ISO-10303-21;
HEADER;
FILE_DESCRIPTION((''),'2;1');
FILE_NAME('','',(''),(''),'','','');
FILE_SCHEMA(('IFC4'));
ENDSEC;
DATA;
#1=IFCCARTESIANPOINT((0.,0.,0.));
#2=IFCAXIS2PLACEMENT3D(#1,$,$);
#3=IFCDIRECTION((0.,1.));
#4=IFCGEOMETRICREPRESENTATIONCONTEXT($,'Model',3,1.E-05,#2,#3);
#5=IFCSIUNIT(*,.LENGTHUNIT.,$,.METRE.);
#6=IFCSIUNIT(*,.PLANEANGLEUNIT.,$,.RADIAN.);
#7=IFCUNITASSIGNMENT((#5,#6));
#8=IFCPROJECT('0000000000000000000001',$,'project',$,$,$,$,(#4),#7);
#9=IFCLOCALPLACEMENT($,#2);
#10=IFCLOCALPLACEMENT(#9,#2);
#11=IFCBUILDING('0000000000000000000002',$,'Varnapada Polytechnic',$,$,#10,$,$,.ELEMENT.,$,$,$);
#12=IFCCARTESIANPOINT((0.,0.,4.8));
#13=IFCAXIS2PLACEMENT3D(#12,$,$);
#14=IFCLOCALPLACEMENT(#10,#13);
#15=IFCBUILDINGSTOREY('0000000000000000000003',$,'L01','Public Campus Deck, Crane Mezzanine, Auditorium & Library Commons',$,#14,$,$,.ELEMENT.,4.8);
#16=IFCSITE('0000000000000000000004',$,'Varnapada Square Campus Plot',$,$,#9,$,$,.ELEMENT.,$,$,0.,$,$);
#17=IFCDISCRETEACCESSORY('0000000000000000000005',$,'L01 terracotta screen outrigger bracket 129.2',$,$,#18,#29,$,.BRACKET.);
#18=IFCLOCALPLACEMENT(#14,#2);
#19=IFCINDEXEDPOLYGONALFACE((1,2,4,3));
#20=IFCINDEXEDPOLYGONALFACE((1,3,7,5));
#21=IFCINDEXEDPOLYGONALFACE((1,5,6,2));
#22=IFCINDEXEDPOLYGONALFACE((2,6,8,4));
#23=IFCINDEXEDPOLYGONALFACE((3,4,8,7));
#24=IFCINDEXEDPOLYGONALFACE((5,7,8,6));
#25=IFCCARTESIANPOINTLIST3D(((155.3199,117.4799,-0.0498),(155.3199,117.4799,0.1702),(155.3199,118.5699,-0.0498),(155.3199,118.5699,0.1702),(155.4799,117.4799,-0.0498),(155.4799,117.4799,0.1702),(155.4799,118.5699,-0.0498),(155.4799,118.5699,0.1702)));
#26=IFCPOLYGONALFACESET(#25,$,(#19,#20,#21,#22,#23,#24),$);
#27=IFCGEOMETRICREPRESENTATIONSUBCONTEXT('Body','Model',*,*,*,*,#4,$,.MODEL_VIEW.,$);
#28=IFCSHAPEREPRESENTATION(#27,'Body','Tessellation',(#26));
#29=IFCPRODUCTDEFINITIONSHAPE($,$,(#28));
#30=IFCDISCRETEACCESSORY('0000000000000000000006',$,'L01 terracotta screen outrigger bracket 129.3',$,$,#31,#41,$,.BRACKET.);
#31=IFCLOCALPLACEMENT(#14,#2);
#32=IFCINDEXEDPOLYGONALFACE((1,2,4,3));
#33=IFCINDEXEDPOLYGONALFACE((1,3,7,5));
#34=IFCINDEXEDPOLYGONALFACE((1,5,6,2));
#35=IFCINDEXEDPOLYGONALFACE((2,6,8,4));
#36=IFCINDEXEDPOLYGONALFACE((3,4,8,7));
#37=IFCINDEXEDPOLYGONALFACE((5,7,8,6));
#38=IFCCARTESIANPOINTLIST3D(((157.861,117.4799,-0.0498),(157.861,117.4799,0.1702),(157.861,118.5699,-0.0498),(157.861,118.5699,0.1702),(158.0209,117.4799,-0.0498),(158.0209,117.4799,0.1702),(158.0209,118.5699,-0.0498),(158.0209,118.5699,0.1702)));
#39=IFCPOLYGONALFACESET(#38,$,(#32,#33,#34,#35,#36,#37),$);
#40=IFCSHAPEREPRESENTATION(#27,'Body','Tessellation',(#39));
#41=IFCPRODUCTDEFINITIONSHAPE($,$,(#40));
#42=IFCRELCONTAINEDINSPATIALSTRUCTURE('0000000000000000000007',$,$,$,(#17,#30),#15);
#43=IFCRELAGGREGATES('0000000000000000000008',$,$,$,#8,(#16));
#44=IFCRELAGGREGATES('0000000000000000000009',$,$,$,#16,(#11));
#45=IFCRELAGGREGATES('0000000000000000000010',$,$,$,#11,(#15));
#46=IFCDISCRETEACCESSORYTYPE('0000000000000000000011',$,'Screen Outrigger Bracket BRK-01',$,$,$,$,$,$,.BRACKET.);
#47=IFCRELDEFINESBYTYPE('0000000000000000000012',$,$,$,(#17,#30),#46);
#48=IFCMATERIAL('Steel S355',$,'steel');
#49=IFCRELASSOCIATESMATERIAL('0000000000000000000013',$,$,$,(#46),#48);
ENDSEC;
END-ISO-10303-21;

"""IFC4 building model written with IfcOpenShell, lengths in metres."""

from ifc_helpers import new_model, si_unit, direction, frame, origin, origin_2d, place, context, subcontext, project, spatial, rectangle, extrude, material, type_object, element, save


model = new_model("IFC4")

# Units and contexts
model_context = context("Model", 3, precision=1e-05, world=origin(), true_north=direction((0.0, 1.0)))
body_context = subcontext(model_context, "Body", "Model", "MODEL_VIEW")
ifc_project = project(units=[si_unit("LENGTHUNIT", "METRE"), si_unit("PLANEANGLEUNIT", "RADIAN")], contexts=[model_context])

# Site, building, storey
site_placement = place(None, origin())
site = spatial("IfcSite", under=ifc_project, at=site_placement, Name="Varnapada Square Campus Plot", CompositionType="ELEMENT", RefElevation=0.0)
building_placement = place(site_placement, origin())
building = spatial("IfcBuilding", under=site, at=building_placement, Name="Varnapada Polytechnic", CompositionType="ELEMENT")
storey_placement = place(building_placement, frame((0.0, 0.0, 4.8)))
storey = spatial("IfcBuildingStorey", under=building, at=storey_placement, Name="L01", Description="Public Campus Deck, Crane Mezzanine, Auditorium & Library Commons", CompositionType="ELEMENT", Elevation=4.8)

# Shared definitions
ifc_material_1 = material(Name="Steel S355", Category="steel")

# Discrete accessories
discrete_accessory_type = type_object("IfcDiscreteAccessoryType", Name="Screen Outrigger Bracket BRK-01", PredefinedType="BRACKET", material=ifc_material_1)
for number, where, z_axis, x_axis, name in (
    (1, (155.3999, 118.0249, -0.0498), (0.0, 0.0, 1.0), (1.0, 0.0, 0.0), "L01 terracotta screen outrigger bracket 129.2"),
    (2, (157.9409, 118.0249, -0.0498), (0.0, 0.0, 1.0), (1.0, 0.0, 0.0), "L01 terracotta screen outrigger bracket 129.3"),
):
    element("IfcDiscreteAccessory", number, at=place(storey_placement, frame(where, z_axis=z_axis, x_axis=x_axis)), inside=storey, type_object=discrete_accessory_type, Name=name, PredefinedType="BRACKET", context=body_context, shape_type="SweptSolid", body=[
        extrude(rectangle(XDim=0.1599, YDim=1.0901, at=origin_2d()), origin(), (0.0, 0.0, 1.0), 0.22),
    ])

save(model, "model.ifc")
